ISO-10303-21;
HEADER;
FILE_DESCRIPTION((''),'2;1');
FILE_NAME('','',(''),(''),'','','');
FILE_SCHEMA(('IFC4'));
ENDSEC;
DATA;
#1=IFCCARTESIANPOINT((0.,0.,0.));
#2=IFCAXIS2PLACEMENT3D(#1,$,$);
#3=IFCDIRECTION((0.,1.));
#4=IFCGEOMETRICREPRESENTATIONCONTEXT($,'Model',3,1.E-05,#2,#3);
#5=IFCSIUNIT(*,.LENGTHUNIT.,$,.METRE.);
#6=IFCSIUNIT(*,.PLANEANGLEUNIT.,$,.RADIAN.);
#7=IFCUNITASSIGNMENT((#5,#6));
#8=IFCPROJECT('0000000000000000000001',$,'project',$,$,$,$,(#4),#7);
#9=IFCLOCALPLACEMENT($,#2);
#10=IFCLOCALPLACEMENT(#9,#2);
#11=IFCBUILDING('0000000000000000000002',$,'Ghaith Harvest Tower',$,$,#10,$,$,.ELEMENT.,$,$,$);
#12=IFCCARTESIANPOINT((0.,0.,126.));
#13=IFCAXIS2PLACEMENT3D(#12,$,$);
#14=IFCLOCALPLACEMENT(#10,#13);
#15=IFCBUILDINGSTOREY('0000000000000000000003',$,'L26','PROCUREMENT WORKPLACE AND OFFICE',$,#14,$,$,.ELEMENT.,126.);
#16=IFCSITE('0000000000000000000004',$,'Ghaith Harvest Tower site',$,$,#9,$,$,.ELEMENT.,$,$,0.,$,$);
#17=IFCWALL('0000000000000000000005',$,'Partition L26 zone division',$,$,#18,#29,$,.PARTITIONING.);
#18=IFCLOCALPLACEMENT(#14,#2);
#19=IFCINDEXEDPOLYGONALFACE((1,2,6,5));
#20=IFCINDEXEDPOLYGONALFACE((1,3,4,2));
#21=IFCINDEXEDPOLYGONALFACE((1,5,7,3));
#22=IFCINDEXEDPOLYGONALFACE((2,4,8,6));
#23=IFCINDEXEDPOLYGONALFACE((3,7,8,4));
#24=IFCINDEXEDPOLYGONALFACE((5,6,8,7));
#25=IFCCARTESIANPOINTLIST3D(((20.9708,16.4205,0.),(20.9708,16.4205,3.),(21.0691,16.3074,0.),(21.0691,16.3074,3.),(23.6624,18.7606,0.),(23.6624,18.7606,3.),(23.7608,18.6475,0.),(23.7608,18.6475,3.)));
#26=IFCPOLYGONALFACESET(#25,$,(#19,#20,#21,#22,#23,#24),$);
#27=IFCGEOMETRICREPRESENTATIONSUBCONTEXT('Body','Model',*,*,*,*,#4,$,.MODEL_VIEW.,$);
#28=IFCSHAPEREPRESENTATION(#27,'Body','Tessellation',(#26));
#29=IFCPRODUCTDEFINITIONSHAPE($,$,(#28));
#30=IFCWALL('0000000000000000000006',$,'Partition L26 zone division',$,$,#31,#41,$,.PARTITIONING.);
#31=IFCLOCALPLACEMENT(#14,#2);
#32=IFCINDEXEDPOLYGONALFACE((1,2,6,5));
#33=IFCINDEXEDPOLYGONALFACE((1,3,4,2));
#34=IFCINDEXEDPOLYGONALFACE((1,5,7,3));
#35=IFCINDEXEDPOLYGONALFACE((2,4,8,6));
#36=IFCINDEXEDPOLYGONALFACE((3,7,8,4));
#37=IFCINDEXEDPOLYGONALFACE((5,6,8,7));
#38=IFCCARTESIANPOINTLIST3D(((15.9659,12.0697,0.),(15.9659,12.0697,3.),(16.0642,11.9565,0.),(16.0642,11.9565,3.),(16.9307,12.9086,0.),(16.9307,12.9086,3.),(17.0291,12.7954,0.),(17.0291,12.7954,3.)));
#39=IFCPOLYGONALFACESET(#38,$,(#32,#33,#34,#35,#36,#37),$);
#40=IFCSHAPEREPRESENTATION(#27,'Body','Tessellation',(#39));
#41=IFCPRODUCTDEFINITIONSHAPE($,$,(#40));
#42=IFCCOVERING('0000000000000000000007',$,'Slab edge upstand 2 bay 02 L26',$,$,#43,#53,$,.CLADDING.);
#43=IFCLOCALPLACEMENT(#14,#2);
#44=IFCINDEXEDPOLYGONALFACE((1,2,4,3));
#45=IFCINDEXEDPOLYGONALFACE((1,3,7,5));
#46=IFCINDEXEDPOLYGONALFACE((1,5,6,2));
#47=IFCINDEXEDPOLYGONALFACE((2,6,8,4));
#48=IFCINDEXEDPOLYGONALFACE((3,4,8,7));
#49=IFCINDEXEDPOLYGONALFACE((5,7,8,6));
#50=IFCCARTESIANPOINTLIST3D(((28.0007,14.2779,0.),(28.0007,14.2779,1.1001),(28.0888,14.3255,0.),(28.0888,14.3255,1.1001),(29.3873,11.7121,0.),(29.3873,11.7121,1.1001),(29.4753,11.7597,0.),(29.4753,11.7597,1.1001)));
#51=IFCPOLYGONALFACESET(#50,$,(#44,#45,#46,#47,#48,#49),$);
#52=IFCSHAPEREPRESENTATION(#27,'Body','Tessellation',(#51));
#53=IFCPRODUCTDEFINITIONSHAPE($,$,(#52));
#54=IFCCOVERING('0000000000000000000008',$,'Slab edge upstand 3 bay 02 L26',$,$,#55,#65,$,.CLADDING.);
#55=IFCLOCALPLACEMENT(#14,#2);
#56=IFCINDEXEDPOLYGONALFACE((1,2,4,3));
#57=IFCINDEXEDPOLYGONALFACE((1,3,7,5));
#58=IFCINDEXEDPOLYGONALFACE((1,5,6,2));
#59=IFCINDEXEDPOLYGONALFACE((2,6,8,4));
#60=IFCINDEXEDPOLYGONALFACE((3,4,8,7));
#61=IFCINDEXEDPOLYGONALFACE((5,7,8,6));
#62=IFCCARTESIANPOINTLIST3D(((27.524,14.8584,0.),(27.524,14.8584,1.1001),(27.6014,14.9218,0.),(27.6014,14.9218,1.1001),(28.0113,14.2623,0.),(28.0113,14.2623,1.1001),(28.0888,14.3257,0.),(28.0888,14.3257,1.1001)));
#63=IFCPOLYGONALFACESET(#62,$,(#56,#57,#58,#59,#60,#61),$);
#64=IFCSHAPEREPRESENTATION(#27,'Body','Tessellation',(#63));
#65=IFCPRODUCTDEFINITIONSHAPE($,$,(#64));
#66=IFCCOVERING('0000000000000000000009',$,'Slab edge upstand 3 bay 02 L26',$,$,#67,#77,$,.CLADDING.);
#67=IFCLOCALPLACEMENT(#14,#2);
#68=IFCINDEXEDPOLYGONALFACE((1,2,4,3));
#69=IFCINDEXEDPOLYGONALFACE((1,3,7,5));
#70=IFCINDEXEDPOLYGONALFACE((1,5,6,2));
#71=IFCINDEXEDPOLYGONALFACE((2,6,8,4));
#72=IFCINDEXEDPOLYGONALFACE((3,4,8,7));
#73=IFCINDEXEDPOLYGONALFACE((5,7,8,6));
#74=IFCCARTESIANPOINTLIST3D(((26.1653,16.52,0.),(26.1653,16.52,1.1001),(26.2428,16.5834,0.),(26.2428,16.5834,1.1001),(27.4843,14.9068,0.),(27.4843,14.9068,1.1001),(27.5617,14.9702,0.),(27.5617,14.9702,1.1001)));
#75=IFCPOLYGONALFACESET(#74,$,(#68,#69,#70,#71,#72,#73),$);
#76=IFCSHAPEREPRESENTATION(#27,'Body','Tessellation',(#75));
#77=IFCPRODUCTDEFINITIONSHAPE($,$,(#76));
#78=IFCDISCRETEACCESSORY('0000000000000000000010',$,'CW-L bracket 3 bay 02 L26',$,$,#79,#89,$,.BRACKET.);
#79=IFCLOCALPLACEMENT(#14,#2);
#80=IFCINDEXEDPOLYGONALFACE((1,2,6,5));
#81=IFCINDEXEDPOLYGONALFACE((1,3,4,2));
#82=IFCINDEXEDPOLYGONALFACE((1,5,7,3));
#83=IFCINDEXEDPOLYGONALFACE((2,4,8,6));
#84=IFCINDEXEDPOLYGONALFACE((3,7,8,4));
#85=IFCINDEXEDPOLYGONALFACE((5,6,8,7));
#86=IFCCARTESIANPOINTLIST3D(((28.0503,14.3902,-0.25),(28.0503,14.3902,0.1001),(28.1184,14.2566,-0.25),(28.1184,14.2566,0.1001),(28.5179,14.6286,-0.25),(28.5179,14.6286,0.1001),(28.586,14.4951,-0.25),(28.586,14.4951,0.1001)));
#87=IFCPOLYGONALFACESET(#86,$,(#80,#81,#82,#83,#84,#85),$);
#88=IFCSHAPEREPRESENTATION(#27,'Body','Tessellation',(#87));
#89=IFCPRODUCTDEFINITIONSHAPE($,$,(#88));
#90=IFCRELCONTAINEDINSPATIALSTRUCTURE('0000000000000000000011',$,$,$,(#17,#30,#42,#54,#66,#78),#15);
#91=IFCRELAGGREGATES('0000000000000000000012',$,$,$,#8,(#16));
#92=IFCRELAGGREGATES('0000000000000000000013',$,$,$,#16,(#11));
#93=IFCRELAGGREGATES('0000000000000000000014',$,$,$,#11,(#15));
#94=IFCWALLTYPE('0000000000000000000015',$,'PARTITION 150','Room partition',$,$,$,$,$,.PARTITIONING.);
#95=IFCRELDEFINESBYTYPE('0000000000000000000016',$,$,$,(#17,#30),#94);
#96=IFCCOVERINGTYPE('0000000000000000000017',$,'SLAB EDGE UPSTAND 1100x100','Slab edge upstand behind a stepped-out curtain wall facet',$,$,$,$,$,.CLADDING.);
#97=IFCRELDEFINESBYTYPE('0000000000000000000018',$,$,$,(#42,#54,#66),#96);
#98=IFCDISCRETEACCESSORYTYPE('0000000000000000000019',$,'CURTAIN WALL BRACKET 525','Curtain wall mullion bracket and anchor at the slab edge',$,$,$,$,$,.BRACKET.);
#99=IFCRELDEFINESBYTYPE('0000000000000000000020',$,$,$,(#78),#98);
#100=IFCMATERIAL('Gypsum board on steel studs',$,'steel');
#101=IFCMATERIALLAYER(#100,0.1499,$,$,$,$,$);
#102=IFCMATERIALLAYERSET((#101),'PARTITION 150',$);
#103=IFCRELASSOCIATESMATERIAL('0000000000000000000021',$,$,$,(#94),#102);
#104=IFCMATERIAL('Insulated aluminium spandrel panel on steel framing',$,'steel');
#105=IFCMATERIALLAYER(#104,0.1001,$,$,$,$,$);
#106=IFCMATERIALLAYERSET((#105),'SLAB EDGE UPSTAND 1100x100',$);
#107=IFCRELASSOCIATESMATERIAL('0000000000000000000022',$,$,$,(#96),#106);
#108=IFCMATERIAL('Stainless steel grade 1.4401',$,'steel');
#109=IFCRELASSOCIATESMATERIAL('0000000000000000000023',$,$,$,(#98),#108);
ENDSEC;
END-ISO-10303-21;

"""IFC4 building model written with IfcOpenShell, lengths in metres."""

from ifc_helpers import new_model, si_unit, direction, frame, frame_2d, origin, origin_2d, place, context, subcontext, project, spatial, rectangle, extrude, material, layer, layer_set, type_object, element, save


model = new_model("IFC4")

# Units and contexts
model_context = context("Model", 3, precision=1e-05, world=origin(), true_north=direction((0.0, 1.0)))
body_context = subcontext(model_context, "Body", "Model", "MODEL_VIEW")
ifc_project = project(units=[si_unit("LENGTHUNIT", "METRE"), si_unit("PLANEANGLEUNIT", "RADIAN")], contexts=[model_context])

# Site, building, storey
site_placement = place(None, origin())
site = spatial("IfcSite", under=ifc_project, at=site_placement, Name="Ghaith Harvest Tower site", CompositionType="ELEMENT", RefElevation=0.0)
building_placement = place(site_placement, origin())
building = spatial("IfcBuilding", under=site, at=building_placement, Name="Ghaith Harvest Tower", CompositionType="ELEMENT")
storey_placement = place(building_placement, frame((0.0, 0.0, 126.0)))
storey = spatial("IfcBuildingStorey", under=building, at=storey_placement, Name="L26", Description="PROCUREMENT WORKPLACE AND OFFICE", CompositionType="ELEMENT", Elevation=126.0)

# Walls
ifc_material_1 = material(Name="Gypsum board on steel studs", Category="steel")
ifc_layer_1 = layer(ifc_material_1, 0.1499)
ifc_layer_set_1 = layer_set([ifc_layer_1], Name="PARTITION 150")
wall_type_1 = type_object("IfcWallType", Name="PARTITION 150", Description="Room partition", PredefinedType="PARTITIONING", material=ifc_layer_set_1)
wall_1_placement = place(storey_placement, frame((21.02, 16.364, 0.0), z_axis=(0.0, 0.0, 1.0), x_axis=(0.754672, 0.656102, 0.0)))
element("IfcWall", 1, at=wall_1_placement, inside=storey, type_object=wall_type_1, Name="Partition L26 zone division", PredefinedType="PARTITIONING", context=body_context, shape_type="SweptSolid", body=[
    extrude(rectangle(XDim=3.5667, YDim=0.1499, at=frame_2d((1.7832, 0.0))), origin(), (0.0, 0.0, 1.0), 3.0),
])
wall_2_placement = place(storey_placement, frame((16.0151, 12.0132, 0.0), z_axis=(0.0, 0.0, 1.0), x_axis=(0.754655, 0.656122, 0.0)))
element("IfcWall", 2, at=wall_2_placement, inside=storey, type_object=wall_type_1, Name="Partition L26 zone division", PredefinedType="PARTITIONING", context=body_context, shape_type="SweptSolid", body=[
    extrude(rectangle(XDim=1.2786, YDim=0.1499, at=frame_2d((0.6392, 0.0))), origin(), (0.0, 0.0, 1.0), 3.0),
])

# Coverings
ifc_material_2 = material(Name="Insulated aluminium spandrel panel on steel framing", Category="steel")
ifc_layer_2 = layer(ifc_material_2, 0.1001)
ifc_layer_set_2 = layer_set([ifc_layer_2], Name="SLAB EDGE UPSTAND 1100x100")
covering_type = type_object("IfcCoveringType", Name="SLAB EDGE UPSTAND 1100x100", Description="Slab edge upstand behind a stepped-out curtain wall facet", PredefinedType="CLADDING", material=ifc_layer_set_2)
covering_1_placement = place(storey_placement, frame((28.738, 13.0188, 0.0), z_axis=(0.0, 0.0, 1.0), x_axis=(-0.475409, 0.879765, 0.0)))
element("IfcCovering", 3, at=covering_1_placement, inside=storey, type_object=covering_type, Name="Slab edge upstand 2 bay 02 L26", PredefinedType="CLADDING", context=body_context, shape_type="SweptSolid", body=[
    extrude(rectangle(XDim=2.9165, YDim=0.1001, at=origin_2d()), origin(), (0.0, 0.0, 1.0), 1.1001),
])
covering_2_placement = place(storey_placement, frame((27.8064, 14.592, 0.0), z_axis=(0.0, 0.0, 1.0), x_axis=(-0.63297, 0.774177, 0.0)))
element("IfcCovering", 4, at=covering_2_placement, inside=storey, type_object=covering_type, Name="Slab edge upstand 3 bay 02 L26", PredefinedType="CLADDING", context=body_context, shape_type="SweptSolid", body=[
    extrude(rectangle(XDim=0.77, YDim=0.1001, at=origin_2d()), origin(), (0.0, 0.0, 1.0), 1.1001),
])
covering_3_placement = place(storey_placement, frame((26.8635, 15.7451, 0.0), z_axis=(0.0, 0.0, 1.0), x_axis=(-0.63297, 0.774177, 0.0)))
element("IfcCovering", 5, at=covering_3_placement, inside=storey, type_object=covering_type, Name="Slab edge upstand 3 bay 02 L26", PredefinedType="CLADDING", context=body_context, shape_type="SweptSolid", body=[
    extrude(rectangle(XDim=2.0837, YDim=0.1001, at=origin_2d()), origin(), (0.0, 0.0, 1.0), 1.1001),
])

# Discrete accessory
ifc_material_3 = material(Name="Stainless steel grade 1.4401", Category="steel")
discrete_accessory_type = type_object("IfcDiscreteAccessoryType", Name="CURTAIN WALL BRACKET 525", Description="Curtain wall mullion bracket and anchor at the slab edge", PredefinedType="BRACKET", material=ifc_material_3)
discrete_accessory_placement = place(storey_placement, frame((28.3181, 14.4426, -0.25), z_axis=(0.0, 0.0, 1.0), x_axis=(0.890831, 0.454335, 0.0)))
element("IfcDiscreteAccessory", 6, at=discrete_accessory_placement, inside=storey, type_object=discrete_accessory_type, Name="CW-L bracket 3 bay 02 L26", PredefinedType="BRACKET", context=body_context, shape_type="SweptSolid", body=[
    extrude(rectangle(XDim=0.5249, YDim=0.1499, at=origin_2d()), origin(), (0.0, 0.0, 1.0), 0.3501),
])

save(model, "model.ifc")
